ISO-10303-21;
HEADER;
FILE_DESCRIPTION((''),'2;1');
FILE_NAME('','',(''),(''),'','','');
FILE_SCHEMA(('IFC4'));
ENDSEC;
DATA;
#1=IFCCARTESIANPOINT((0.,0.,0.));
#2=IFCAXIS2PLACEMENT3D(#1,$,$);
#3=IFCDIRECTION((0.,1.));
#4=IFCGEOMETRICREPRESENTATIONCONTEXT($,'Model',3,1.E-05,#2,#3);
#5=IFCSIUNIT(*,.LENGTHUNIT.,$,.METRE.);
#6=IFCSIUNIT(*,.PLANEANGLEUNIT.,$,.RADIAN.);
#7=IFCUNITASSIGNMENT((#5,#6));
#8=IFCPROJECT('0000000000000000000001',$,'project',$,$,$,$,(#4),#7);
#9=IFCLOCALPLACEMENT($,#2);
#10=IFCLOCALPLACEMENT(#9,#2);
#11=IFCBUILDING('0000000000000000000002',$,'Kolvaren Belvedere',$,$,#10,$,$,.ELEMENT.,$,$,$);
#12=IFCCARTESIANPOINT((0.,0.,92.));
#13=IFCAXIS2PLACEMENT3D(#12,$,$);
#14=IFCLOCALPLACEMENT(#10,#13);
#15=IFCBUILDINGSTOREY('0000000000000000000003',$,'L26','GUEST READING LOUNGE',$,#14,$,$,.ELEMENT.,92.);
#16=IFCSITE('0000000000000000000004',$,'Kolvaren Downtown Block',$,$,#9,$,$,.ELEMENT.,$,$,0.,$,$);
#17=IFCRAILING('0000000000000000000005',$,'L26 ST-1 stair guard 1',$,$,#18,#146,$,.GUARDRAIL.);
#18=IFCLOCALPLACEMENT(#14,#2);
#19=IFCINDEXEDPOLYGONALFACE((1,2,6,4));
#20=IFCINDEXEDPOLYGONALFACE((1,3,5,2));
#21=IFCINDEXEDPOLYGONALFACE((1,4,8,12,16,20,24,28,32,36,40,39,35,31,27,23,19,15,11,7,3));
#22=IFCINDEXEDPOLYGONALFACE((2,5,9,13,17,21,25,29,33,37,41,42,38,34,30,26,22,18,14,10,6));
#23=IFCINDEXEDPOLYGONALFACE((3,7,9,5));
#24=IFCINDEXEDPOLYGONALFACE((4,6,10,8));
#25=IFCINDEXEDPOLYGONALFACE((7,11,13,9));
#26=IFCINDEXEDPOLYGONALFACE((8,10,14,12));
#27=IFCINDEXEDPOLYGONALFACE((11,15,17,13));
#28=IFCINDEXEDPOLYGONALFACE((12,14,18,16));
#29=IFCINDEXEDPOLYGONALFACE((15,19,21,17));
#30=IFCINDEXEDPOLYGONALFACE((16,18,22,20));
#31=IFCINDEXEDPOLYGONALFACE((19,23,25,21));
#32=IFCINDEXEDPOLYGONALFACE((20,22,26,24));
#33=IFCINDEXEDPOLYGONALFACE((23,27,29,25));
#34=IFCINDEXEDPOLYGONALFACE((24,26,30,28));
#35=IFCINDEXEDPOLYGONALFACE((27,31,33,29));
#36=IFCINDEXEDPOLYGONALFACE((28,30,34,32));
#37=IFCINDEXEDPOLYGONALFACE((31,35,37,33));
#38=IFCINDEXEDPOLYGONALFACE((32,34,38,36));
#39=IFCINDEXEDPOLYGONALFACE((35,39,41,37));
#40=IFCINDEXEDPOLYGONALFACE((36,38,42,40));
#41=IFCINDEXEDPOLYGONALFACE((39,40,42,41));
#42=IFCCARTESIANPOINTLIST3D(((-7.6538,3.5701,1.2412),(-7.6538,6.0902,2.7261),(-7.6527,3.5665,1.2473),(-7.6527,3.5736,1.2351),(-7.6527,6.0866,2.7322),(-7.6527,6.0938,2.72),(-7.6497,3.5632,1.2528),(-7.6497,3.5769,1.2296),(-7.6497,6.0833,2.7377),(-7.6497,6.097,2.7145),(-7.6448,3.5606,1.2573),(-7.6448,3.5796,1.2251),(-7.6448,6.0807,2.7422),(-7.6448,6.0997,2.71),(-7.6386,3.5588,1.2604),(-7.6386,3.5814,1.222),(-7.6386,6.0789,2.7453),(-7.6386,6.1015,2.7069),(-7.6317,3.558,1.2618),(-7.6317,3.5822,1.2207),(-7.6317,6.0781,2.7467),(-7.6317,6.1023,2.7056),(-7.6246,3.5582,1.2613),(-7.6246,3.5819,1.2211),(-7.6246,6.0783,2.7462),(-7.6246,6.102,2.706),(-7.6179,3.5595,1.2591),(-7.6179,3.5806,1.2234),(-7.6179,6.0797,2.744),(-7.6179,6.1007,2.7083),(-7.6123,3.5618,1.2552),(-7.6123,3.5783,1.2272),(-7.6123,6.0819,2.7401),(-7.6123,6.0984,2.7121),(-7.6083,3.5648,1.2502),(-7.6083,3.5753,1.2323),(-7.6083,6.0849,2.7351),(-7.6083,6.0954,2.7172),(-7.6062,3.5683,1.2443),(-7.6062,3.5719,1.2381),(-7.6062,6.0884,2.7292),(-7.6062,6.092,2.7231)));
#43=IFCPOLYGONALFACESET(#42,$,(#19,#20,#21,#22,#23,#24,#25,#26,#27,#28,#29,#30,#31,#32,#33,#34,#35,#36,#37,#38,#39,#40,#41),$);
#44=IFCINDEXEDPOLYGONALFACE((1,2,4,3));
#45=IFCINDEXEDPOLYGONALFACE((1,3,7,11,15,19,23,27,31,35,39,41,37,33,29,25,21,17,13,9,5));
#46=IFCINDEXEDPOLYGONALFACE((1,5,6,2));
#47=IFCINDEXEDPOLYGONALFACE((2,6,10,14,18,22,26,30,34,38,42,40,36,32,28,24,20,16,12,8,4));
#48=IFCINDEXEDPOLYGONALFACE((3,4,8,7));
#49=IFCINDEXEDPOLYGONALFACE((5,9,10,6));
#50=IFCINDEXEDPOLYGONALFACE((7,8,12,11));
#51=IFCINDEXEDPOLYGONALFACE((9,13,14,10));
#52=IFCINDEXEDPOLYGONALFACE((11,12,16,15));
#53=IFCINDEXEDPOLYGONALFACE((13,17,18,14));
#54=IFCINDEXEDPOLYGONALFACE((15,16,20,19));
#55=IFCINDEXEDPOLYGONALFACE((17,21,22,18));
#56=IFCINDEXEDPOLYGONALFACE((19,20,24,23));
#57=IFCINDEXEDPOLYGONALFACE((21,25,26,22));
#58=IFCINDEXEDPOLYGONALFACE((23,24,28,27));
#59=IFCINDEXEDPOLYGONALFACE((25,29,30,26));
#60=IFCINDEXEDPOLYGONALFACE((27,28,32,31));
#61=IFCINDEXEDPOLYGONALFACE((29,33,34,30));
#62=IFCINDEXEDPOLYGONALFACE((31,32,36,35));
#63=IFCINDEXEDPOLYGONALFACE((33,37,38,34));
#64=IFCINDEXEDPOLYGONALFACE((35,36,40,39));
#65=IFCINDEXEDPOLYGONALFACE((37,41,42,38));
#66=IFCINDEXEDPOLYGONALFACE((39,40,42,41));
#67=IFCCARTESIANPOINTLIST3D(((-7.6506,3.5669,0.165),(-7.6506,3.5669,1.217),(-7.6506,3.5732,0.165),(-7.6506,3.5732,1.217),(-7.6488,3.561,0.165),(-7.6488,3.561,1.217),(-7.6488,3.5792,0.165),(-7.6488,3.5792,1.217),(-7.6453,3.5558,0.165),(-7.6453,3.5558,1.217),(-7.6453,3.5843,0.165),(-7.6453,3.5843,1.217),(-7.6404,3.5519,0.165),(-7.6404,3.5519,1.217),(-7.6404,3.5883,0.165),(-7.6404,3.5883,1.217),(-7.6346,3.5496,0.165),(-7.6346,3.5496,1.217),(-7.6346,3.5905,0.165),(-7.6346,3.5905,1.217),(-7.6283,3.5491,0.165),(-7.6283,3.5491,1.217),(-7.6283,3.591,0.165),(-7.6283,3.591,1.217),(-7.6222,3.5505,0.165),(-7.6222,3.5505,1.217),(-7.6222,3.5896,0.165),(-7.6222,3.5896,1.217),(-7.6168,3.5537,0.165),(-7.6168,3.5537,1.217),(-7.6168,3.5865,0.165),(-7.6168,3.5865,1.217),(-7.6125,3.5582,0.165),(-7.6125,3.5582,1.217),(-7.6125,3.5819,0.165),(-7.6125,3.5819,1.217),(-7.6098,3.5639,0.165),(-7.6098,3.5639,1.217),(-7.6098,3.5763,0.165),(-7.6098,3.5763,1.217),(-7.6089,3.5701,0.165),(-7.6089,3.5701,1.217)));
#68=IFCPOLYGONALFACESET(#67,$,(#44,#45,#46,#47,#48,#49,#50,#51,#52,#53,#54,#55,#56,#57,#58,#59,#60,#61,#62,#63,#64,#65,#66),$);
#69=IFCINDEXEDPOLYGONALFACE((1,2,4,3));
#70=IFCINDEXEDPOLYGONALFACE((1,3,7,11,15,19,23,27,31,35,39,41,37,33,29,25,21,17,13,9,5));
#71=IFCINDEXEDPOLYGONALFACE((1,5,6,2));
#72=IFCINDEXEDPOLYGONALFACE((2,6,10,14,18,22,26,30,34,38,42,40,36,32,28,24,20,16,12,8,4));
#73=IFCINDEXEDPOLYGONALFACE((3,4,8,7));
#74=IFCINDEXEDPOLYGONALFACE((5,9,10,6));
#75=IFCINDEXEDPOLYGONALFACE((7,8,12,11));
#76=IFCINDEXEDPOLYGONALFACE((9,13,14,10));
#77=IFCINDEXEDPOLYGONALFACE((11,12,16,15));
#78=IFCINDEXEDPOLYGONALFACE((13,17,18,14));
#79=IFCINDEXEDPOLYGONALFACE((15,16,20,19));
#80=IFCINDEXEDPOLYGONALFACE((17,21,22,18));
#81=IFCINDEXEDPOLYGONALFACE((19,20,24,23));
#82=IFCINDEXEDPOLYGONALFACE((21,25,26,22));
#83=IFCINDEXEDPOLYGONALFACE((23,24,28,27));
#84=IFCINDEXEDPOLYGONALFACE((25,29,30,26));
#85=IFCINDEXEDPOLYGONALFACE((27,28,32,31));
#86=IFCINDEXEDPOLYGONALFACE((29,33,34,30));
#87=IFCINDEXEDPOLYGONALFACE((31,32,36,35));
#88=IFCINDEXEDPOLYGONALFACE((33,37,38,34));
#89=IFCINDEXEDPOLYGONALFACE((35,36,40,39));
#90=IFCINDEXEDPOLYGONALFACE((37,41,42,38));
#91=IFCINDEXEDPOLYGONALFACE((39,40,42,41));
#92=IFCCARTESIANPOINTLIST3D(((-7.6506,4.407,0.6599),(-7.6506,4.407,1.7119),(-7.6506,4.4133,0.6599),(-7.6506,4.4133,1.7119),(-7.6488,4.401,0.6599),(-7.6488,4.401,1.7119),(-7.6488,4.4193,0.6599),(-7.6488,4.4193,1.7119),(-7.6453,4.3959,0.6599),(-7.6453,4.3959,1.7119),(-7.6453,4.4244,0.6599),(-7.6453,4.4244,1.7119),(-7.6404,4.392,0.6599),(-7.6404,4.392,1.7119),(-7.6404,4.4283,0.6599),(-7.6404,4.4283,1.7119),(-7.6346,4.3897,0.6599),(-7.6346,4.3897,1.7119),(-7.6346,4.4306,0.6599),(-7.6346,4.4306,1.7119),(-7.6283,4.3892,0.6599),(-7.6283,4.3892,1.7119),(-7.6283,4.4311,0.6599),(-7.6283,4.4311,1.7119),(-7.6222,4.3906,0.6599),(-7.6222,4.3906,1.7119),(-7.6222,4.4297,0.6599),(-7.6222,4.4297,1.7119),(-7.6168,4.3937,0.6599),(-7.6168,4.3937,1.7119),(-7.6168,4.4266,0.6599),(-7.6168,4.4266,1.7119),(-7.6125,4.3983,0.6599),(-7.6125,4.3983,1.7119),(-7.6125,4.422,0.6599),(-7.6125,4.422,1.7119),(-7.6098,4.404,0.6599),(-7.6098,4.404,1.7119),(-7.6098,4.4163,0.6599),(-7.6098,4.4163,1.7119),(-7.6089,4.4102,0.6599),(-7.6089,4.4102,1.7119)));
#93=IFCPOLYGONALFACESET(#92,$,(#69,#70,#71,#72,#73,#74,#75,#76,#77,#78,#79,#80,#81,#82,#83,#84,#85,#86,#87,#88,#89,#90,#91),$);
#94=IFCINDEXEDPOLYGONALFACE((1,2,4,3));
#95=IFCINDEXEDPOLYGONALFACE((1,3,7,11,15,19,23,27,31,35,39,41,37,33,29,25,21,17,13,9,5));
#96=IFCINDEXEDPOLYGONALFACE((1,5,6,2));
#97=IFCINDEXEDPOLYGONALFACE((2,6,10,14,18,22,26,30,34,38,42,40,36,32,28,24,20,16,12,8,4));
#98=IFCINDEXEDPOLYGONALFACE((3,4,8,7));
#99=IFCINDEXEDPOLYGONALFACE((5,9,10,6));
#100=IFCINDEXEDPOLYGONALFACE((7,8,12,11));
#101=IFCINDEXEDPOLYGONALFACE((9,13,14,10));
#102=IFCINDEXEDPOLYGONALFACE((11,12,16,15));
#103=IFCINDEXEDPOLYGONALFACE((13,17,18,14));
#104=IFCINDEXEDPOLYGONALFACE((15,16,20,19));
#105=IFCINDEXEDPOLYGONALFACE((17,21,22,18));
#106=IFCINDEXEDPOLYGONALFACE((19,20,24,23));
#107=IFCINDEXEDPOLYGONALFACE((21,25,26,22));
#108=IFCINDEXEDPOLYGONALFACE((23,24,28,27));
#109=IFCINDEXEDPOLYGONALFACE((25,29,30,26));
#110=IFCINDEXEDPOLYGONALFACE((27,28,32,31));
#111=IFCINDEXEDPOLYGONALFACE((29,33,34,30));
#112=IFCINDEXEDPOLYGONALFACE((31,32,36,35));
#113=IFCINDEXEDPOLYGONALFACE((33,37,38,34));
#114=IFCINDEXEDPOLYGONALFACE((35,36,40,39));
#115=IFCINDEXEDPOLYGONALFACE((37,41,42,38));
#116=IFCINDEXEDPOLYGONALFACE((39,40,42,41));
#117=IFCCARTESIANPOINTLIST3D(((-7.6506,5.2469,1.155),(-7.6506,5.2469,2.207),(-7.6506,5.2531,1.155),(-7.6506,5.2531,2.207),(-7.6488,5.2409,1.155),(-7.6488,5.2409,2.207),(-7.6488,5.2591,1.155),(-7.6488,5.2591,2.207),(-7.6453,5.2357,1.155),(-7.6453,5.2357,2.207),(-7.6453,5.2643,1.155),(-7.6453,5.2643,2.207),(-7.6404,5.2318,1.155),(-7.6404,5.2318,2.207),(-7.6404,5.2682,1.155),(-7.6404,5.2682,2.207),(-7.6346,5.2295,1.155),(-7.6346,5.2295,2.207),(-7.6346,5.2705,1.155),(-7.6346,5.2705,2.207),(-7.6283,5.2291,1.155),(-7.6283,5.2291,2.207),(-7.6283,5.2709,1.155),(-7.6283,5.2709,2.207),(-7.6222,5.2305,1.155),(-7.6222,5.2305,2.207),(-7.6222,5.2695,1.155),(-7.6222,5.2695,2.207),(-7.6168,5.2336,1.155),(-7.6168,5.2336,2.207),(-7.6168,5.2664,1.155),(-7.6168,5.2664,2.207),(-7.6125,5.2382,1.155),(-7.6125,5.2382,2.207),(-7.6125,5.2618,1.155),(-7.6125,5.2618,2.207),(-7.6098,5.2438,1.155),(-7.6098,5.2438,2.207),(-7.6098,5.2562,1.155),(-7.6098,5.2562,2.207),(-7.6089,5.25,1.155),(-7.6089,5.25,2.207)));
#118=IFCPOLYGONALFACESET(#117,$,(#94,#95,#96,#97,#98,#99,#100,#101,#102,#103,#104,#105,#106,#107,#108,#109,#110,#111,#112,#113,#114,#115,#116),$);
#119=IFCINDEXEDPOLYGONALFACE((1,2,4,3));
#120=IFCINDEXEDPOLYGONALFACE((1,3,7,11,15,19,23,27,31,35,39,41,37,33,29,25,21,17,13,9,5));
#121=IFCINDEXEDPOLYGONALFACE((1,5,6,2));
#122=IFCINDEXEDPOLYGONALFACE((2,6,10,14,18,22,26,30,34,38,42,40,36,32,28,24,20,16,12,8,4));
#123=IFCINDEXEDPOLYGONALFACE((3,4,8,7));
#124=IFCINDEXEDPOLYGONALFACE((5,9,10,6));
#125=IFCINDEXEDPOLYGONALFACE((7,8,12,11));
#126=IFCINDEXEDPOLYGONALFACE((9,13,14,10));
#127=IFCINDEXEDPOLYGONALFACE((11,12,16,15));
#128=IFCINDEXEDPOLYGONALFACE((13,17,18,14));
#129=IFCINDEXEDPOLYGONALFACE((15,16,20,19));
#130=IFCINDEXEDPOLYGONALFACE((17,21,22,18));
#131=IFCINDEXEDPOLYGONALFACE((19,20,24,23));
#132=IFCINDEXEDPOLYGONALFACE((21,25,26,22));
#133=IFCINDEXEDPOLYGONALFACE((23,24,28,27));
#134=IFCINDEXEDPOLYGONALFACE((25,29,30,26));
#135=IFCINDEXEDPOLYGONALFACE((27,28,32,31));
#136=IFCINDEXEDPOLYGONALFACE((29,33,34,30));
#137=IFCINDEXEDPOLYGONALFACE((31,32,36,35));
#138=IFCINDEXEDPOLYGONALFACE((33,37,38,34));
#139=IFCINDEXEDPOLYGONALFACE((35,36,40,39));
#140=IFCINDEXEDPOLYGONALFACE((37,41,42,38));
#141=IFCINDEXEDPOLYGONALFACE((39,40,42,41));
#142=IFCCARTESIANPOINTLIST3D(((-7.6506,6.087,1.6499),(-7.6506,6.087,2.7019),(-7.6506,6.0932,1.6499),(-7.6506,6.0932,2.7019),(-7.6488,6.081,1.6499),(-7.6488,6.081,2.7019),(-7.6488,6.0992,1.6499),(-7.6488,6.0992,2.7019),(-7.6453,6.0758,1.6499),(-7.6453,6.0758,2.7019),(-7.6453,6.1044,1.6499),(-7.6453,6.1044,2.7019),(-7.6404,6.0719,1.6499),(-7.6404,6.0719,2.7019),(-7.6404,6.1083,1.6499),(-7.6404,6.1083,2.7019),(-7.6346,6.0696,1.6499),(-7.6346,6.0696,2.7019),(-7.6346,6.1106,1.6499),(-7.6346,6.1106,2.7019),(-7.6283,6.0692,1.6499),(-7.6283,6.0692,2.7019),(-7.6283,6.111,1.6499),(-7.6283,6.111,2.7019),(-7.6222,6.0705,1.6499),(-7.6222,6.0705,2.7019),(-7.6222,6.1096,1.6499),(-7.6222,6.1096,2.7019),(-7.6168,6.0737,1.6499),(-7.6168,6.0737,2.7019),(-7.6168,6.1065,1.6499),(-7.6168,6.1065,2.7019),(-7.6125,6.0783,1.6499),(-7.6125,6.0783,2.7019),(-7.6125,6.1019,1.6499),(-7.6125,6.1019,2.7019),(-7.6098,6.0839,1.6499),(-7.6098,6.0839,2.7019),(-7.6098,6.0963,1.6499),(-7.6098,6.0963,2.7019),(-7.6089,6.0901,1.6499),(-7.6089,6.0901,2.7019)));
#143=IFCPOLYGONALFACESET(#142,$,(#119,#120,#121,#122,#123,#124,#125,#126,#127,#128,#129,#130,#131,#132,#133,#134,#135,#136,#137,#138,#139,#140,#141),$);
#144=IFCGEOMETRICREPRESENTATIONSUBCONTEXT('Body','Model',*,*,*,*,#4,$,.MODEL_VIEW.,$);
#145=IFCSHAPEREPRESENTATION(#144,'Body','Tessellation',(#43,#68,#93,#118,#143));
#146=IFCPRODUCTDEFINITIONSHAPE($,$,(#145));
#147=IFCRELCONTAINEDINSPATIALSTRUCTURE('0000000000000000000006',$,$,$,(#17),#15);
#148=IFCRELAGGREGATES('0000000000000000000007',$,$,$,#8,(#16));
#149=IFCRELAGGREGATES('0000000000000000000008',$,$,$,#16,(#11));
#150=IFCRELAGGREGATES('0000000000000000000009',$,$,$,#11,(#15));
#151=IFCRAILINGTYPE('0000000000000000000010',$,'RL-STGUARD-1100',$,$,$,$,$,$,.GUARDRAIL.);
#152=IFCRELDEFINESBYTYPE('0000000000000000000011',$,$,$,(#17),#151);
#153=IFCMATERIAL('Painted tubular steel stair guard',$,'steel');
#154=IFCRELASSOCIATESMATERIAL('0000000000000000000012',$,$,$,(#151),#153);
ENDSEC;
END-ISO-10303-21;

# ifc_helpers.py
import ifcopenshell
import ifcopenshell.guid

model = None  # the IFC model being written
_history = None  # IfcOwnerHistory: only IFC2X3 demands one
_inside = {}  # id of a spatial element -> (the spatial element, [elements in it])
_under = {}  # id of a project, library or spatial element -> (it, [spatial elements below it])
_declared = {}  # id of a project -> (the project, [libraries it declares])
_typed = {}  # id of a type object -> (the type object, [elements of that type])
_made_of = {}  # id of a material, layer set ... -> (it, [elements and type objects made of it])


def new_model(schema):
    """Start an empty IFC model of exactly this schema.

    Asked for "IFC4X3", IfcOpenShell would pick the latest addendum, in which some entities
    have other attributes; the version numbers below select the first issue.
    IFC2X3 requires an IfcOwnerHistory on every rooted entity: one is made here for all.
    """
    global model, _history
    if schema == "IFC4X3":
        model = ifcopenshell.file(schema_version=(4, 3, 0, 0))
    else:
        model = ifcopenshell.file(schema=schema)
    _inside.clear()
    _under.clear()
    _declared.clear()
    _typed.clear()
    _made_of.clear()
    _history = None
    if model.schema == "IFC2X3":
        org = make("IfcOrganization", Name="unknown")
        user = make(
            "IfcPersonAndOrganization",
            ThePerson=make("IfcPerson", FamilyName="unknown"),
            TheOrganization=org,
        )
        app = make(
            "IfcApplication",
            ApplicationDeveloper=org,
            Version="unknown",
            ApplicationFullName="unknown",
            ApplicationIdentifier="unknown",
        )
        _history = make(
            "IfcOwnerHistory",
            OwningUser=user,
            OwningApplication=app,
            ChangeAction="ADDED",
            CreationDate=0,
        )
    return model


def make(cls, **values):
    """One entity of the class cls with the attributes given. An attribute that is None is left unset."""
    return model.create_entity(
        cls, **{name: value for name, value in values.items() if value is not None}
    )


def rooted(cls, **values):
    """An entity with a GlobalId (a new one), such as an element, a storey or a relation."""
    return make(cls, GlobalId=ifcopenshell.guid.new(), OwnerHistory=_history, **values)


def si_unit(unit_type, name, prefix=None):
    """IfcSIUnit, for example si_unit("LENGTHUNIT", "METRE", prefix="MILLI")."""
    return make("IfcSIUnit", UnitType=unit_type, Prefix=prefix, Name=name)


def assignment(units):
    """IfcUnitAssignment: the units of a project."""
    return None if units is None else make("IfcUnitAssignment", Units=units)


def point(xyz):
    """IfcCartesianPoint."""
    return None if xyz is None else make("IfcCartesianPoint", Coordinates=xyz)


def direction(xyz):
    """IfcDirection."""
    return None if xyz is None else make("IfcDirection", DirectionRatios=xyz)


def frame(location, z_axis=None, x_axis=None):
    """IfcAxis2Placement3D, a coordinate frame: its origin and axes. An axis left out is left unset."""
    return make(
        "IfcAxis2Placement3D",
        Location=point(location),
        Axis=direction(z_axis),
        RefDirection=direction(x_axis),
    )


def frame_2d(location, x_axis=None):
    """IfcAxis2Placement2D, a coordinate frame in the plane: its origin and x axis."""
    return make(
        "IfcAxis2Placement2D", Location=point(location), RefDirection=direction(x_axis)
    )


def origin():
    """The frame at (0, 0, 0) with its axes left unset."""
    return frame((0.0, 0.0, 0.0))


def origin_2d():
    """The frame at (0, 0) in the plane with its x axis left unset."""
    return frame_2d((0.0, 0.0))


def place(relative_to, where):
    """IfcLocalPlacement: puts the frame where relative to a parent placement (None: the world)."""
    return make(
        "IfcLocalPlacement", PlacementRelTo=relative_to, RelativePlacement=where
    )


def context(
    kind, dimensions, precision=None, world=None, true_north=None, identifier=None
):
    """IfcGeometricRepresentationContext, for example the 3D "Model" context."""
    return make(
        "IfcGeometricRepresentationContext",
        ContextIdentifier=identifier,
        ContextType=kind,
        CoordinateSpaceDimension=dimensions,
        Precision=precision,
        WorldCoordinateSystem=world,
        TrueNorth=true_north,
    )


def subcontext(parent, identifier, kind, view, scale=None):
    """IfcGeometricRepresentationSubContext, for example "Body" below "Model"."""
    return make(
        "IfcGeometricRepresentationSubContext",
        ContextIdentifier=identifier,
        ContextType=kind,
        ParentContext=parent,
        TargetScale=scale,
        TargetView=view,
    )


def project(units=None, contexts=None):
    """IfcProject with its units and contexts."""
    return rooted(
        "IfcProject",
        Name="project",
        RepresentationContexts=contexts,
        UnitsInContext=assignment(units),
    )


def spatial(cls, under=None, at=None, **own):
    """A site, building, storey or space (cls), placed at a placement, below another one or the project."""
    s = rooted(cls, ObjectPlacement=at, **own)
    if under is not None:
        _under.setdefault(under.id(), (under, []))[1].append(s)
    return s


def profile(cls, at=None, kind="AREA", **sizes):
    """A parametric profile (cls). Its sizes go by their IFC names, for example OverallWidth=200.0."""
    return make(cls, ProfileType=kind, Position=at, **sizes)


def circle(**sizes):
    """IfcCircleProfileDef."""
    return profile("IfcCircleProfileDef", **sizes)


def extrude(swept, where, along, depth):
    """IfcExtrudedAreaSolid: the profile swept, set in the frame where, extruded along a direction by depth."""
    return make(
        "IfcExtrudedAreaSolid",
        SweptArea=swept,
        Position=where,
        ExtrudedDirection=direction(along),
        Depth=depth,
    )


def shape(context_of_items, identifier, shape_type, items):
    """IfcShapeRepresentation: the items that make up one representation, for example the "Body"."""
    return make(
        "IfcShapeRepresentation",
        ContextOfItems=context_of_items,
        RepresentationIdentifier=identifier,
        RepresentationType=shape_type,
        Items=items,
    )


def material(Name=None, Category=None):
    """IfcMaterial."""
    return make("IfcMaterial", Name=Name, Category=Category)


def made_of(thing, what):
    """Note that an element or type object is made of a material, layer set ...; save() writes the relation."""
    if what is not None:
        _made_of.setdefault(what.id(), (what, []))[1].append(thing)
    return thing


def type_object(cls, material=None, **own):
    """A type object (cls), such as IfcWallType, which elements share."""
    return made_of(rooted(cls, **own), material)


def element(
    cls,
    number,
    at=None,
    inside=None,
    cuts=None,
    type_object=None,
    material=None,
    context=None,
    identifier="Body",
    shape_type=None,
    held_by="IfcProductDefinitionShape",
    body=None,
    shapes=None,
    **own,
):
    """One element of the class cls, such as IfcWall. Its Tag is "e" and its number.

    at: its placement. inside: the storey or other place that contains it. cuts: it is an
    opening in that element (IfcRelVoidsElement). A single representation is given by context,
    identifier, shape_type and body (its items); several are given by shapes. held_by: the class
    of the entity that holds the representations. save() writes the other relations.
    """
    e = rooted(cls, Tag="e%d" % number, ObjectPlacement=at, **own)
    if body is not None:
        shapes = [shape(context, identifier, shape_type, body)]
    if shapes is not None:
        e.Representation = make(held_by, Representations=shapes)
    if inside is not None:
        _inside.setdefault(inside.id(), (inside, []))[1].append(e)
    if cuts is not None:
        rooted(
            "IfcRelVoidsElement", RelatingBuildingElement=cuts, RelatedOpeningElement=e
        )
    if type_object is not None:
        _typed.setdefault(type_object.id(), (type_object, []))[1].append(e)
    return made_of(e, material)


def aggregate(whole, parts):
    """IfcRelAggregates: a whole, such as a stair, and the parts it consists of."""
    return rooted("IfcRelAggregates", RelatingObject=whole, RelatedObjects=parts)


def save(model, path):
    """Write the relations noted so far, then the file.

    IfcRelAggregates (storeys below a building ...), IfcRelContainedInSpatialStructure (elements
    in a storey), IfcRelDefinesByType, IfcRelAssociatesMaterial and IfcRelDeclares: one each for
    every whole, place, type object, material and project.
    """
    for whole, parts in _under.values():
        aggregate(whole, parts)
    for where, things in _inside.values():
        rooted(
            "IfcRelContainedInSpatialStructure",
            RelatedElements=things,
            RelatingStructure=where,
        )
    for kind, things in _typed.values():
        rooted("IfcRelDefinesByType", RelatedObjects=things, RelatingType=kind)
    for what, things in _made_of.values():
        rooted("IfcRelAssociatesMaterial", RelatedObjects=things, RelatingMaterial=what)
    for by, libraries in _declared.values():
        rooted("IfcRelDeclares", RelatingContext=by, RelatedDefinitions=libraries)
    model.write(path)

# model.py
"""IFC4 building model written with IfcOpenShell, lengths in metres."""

from ifc_helpers import new_model, si_unit, direction, frame, origin, origin_2d, place, context, subcontext, project, spatial, circle, extrude, material, type_object, element, save


model = new_model("IFC4")

# Units and contexts
model_context = context("Model", 3, precision=1e-05, world=origin(), true_north=direction((0.0, 1.0)))
body_context = subcontext(model_context, "Body", "Model", "MODEL_VIEW")
ifc_project = project(units=[si_unit("LENGTHUNIT", "METRE"), si_unit("PLANEANGLEUNIT", "RADIAN")], contexts=[model_context])

# Site, building, storey
site_placement = place(None, origin())
site = spatial("IfcSite", under=ifc_project, at=site_placement, Name="Kolvaren Downtown Block", CompositionType="ELEMENT", RefElevation=0.0)
building_placement = place(site_placement, origin())
building = spatial("IfcBuilding", under=site, at=building_placement, Name="Kolvaren Belvedere", CompositionType="ELEMENT")
storey_placement = place(building_placement, frame((0.0, 0.0, 92.0)))
storey = spatial("IfcBuildingStorey", under=building, at=storey_placement, Name="L26", Description="GUEST READING LOUNGE", CompositionType="ELEMENT", Elevation=92.0)

# Railing
ifc_material_1 = material(Name="Painted tubular steel stair guard", Category="steel")
railing_type_1 = type_object("IfcRailingType", Name="RL-STGUARD-1100", PredefinedType="GUARDRAIL", material=ifc_material_1)
railing_1_placement = place(storey_placement, frame((-7.6299, 3.5701, 0.165)))
element("IfcRailing", 1, at=railing_1_placement, inside=storey, type_object=railing_type_1, Name="L26 ST-1 stair guard 1", PredefinedType="GUARDRAIL", context=body_context, shape_type="SweptSolid", body=[
    extrude(circle(Radius=0.0239, at=origin_2d()), frame((0.0, 0.0, 1.0762), z_axis=(0.0, 0.861561, 0.507655), x_axis=(-1.0, 0.0, 0.0)), (0.0, 0.0, 1.0), 2.925),
    extrude(circle(Radius=0.021, at=origin_2d()), origin(), (0.0, 0.0, 1.0), 1.052),
    extrude(circle(Radius=0.021, at=origin_2d()), frame((0.0, 0.8401, 0.4949)), (0.0, 0.0, 1.0), 1.052),
    extrude(circle(Radius=0.021, at=origin_2d()), frame((0.0, 1.6799, 0.99)), (0.0, 0.0, 1.0), 1.052),
    extrude(circle(Radius=0.021, at=origin_2d()), frame((0.0, 2.52, 1.4849)), (0.0, 0.0, 1.0), 1.052),
])

save(model, "model.ifc")
